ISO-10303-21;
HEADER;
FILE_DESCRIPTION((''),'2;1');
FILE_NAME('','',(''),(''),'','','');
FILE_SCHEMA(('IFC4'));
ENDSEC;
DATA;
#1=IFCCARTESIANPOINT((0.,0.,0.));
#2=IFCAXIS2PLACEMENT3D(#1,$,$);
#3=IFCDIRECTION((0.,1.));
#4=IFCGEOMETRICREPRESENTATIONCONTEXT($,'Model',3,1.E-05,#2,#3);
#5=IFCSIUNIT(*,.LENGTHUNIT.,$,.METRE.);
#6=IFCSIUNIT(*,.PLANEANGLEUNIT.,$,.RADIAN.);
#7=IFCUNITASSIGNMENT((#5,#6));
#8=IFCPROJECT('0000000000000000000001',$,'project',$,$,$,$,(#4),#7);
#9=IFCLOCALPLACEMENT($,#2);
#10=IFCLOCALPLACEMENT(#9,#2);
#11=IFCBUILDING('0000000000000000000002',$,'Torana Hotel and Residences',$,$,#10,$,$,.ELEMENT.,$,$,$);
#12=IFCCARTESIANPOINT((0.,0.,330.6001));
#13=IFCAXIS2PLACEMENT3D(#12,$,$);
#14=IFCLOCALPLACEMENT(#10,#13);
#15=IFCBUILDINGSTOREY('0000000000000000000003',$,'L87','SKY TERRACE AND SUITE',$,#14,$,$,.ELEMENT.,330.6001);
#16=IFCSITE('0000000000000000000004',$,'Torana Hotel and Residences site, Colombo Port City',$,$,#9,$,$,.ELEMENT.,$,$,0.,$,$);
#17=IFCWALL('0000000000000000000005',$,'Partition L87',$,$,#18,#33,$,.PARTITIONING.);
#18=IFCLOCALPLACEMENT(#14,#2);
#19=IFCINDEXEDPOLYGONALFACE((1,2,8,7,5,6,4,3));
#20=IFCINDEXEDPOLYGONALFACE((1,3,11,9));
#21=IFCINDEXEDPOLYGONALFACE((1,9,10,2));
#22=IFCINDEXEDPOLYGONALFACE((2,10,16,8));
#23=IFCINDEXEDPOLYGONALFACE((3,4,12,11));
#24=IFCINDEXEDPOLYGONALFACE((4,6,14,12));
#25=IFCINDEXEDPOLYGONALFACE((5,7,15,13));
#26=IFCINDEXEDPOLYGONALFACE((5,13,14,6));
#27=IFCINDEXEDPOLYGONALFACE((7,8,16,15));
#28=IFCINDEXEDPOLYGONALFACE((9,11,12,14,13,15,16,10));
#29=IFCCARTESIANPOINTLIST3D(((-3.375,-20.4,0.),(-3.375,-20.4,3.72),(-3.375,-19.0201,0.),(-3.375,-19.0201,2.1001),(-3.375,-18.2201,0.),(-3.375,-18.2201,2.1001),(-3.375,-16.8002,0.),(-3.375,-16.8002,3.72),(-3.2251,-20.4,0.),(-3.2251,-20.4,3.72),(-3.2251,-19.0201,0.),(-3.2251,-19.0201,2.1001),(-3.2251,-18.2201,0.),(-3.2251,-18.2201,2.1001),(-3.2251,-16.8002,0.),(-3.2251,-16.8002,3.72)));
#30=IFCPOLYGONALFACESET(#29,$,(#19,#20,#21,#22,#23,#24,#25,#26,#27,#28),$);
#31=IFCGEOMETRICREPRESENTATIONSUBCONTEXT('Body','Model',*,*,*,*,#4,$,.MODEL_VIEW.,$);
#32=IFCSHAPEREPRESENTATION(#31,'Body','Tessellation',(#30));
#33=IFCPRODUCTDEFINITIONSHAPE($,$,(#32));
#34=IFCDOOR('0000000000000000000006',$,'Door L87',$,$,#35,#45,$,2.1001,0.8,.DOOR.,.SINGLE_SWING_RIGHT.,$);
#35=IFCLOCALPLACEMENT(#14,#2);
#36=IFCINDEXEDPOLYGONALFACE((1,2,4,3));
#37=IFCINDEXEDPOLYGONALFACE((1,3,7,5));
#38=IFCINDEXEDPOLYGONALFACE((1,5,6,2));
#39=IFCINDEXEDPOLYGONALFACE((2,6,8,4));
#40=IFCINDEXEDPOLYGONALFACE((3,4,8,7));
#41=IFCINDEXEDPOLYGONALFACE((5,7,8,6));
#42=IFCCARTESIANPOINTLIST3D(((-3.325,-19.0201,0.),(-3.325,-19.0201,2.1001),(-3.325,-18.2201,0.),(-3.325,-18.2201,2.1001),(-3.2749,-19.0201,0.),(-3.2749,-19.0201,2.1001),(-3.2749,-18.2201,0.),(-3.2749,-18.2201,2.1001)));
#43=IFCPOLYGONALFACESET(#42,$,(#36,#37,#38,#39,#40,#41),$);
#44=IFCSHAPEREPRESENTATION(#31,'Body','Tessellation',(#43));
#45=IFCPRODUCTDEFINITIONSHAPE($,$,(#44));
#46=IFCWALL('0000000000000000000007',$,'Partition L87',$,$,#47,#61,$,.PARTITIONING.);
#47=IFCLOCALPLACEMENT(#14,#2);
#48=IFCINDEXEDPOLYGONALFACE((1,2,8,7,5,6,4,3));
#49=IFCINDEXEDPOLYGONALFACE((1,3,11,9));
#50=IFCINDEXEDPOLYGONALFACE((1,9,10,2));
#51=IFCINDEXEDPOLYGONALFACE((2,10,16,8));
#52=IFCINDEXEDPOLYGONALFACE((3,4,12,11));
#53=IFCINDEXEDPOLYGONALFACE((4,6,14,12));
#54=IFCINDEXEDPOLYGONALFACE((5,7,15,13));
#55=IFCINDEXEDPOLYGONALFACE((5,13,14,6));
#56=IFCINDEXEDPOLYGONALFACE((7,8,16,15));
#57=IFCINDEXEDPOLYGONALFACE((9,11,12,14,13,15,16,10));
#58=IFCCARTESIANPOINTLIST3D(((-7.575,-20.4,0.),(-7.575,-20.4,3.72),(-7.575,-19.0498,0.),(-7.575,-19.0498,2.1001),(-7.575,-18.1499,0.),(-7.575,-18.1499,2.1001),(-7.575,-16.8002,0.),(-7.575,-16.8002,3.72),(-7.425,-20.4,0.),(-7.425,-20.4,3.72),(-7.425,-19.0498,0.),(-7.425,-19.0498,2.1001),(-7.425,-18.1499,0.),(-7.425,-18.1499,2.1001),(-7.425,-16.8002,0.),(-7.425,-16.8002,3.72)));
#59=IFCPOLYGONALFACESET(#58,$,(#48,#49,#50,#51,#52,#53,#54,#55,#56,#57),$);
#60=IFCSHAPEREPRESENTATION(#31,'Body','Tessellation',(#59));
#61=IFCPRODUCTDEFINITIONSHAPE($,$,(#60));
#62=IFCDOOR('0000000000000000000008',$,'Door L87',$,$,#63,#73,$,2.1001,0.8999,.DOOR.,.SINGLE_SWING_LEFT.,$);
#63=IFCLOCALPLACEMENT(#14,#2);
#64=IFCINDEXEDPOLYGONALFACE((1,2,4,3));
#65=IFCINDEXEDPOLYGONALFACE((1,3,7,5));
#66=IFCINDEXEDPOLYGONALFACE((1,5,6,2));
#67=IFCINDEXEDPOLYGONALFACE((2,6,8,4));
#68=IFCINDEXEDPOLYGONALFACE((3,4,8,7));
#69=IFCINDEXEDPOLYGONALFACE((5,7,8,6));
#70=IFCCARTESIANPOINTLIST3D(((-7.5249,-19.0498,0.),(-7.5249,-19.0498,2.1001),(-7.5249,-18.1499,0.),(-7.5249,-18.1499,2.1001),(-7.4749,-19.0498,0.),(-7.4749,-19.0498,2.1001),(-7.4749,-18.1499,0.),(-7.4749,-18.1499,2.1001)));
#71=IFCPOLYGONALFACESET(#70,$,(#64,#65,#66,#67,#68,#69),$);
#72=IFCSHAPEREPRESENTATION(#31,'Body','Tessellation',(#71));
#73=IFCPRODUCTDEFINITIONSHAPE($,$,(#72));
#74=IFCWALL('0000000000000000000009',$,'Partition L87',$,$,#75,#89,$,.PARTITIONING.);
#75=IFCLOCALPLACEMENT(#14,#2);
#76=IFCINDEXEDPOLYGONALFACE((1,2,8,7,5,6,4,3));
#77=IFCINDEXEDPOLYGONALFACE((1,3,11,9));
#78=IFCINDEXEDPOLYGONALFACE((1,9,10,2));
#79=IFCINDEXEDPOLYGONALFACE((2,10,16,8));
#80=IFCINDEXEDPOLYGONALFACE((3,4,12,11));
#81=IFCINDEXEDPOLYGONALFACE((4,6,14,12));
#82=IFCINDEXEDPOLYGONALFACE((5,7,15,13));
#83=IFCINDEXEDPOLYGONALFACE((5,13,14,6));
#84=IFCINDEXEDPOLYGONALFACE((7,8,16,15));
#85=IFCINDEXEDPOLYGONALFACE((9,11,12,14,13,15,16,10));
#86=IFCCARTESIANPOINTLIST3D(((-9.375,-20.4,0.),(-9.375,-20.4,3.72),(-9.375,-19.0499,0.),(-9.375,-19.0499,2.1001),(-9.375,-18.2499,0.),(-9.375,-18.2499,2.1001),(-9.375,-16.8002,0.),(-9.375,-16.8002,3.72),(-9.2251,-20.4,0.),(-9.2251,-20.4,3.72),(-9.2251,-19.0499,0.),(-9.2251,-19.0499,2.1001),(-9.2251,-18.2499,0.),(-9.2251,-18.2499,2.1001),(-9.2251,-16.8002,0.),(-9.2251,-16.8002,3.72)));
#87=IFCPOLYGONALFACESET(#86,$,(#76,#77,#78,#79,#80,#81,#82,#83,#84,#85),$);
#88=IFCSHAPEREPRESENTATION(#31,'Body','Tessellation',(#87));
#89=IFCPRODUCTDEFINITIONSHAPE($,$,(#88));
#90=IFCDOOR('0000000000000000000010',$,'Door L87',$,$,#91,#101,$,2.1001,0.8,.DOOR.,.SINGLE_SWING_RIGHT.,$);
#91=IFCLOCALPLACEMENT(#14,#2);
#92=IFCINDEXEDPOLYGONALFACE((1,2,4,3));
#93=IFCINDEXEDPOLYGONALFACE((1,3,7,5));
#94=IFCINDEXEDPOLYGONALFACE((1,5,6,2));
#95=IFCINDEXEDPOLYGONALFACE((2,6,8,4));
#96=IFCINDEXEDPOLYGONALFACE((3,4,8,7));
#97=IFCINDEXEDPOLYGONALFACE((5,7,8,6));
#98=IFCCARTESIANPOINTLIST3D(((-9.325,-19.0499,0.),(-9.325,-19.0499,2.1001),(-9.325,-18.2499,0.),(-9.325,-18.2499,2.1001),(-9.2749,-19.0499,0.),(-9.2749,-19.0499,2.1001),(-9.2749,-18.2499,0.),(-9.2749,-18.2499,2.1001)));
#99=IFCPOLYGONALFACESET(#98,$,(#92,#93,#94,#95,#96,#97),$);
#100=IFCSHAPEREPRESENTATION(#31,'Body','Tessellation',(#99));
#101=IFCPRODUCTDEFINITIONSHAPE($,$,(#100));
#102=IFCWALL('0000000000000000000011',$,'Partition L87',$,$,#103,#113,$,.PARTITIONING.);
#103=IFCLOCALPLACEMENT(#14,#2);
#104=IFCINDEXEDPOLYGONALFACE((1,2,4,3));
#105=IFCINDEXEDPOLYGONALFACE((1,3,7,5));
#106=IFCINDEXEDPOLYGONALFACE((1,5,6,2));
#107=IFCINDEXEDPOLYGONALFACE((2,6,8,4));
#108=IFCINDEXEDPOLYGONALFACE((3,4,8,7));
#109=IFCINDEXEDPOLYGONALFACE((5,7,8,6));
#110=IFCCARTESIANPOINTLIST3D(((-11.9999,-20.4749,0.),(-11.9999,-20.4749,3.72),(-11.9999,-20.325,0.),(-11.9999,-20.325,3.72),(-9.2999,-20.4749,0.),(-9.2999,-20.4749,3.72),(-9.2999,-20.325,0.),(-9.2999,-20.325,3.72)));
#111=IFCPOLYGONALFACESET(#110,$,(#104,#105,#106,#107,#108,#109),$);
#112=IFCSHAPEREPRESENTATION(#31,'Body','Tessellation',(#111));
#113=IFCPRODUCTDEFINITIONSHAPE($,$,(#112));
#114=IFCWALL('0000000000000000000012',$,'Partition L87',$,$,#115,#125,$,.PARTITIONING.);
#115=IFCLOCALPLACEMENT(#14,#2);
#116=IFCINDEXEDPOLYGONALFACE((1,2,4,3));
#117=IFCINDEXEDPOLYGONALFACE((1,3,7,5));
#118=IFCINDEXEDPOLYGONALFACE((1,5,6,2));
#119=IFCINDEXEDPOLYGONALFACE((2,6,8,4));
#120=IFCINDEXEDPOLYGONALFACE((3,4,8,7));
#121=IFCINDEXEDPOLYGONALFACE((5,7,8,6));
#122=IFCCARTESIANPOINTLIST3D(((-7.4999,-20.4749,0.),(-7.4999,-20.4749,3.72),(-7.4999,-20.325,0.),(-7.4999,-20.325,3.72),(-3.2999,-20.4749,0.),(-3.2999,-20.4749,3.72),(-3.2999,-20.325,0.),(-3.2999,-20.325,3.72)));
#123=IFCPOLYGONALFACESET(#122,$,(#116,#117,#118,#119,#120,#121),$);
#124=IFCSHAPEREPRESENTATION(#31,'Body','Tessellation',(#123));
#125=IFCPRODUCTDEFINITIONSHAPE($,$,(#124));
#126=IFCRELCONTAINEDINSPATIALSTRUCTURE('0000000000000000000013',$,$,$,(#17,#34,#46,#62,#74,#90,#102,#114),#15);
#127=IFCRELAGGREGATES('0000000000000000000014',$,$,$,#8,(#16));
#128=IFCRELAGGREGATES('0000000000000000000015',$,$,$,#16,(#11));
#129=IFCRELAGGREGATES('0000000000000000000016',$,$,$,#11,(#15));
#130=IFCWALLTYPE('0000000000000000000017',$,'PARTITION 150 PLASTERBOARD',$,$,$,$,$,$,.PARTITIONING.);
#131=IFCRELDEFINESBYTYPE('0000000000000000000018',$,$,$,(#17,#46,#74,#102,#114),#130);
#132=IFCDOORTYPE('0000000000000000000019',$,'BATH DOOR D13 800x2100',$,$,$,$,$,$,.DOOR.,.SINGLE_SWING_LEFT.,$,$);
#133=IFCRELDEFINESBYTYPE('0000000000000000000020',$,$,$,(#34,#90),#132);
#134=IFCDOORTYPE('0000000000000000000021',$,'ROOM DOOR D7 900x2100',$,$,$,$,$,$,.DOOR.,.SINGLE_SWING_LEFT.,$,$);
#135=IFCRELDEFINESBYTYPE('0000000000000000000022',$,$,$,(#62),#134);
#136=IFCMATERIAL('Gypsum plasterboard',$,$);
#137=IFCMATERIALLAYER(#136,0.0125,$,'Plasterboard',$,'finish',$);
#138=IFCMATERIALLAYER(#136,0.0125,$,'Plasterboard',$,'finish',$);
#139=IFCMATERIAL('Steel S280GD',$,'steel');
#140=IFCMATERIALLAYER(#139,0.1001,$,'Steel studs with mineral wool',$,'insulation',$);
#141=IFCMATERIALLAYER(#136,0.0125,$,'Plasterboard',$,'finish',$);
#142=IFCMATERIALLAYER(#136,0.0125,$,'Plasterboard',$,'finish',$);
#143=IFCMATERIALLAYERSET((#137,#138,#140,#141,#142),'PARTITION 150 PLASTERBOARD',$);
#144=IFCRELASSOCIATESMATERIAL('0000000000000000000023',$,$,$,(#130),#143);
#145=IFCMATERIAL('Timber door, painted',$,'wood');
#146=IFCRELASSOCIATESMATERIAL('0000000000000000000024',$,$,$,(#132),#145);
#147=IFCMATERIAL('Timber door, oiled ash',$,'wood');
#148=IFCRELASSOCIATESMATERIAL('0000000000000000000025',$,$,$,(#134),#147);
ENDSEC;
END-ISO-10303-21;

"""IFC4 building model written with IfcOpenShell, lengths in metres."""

from ifc_helpers import new_model, si_unit, direction, frame, frame_2d, origin, place, context, subcontext, project, spatial, rectangle, extrude, material, layer, layer_set, type_object, element, fill, save


model = new_model("IFC4")

# Units and contexts
model_context = context("Model", 3, precision=1e-05, world=origin(), true_north=direction((0.0, 1.0)))
body_context = subcontext(model_context, "Body", "Model", "MODEL_VIEW")
ifc_project = project(units=[si_unit("LENGTHUNIT", "METRE"), si_unit("PLANEANGLEUNIT", "RADIAN")], contexts=[model_context])

# Site, building, storey
site_placement = place(None, origin())
site = spatial("IfcSite", under=ifc_project, at=site_placement, Name="Torana Hotel and Residences site, Colombo Port City", CompositionType="ELEMENT", RefElevation=0.0)
building_placement = place(site_placement, origin())
building = spatial("IfcBuilding", under=site, at=building_placement, Name="Torana Hotel and Residences", CompositionType="ELEMENT")
storey_placement = place(building_placement, frame((0.0, 0.0, 330.6001)))
storey = spatial("IfcBuildingStorey", under=building, at=storey_placement, Name="L87", Description="SKY TERRACE AND SUITE", CompositionType="ELEMENT", Elevation=330.6001)

# Walls, openings, doors
ifc_material_1 = material(Name="Gypsum plasterboard")
ifc_layer_1 = layer(ifc_material_1, 0.0125, Name="Plasterboard", Category="finish")
ifc_layer_2 = layer(ifc_material_1, 0.0125, Name="Plasterboard", Category="finish")
ifc_material_2 = material(Name="Steel S280GD", Category="steel")
ifc_layer_3 = layer(ifc_material_2, 0.1001, Name="Steel studs with mineral wool", Category="insulation")
ifc_layer_4 = layer(ifc_material_1, 0.0125, Name="Plasterboard", Category="finish")
ifc_layer_5 = layer(ifc_material_1, 0.0125, Name="Plasterboard", Category="finish")
ifc_layer_set_1 = layer_set([ifc_layer_1, ifc_layer_2, ifc_layer_3, ifc_layer_4, ifc_layer_5], Name="PARTITION 150 PLASTERBOARD")
wall_type_1 = type_object("IfcWallType", Name="PARTITION 150 PLASTERBOARD", PredefinedType="PARTITIONING", material=ifc_layer_set_1)
wall_1_placement = place(storey_placement, frame((-3.3, -20.3999, 0.0), z_axis=(0.0, 0.0, 1.0), x_axis=(0.0, 1.0, 0.0)))
wall_1 = element("IfcWall", 1, at=wall_1_placement, inside=storey, type_object=wall_type_1, Name="Partition L87", PredefinedType="PARTITIONING", context=body_context, shape_type="SweptSolid", body=[
    extrude(rectangle(XDim=3.5999, YDim=0.1499, at=frame_2d((1.7998, 0.0))), origin(), (0.0, 0.0, 1.0), 3.72),
])
opening_1_placement = place(wall_1_placement, frame((1.3799, 0.0, 0.0)))
opening_1 = element("IfcOpeningElement", 2, at=opening_1_placement, cuts=wall_1, PredefinedType="OPENING", context=body_context, shape_type="SweptSolid", body=[
    extrude(rectangle(XDim=0.8, YDim=2.1001, at=frame_2d((0.3999, 1.05))), frame((0.0, 0.085, 0.0), z_axis=(0.0, -1.0, 0.0), x_axis=(1.0, 0.0, 0.0)), (0.0, 0.0, 1.0), 0.1699),
])
ifc_material_3 = material(Name="Timber door, painted", Category="wood")
door_type_1 = type_object("IfcDoorType", Name="BATH DOOR D13 800x2100", OperationType="SINGLE_SWING_LEFT", PredefinedType="DOOR", material=ifc_material_3)
door_1_placement = place(opening_1_placement, origin())
door_1 = element("IfcDoor", 3, at=door_1_placement, inside=storey, type_object=door_type_1, Name="Door L87", OperationType="SINGLE_SWING_RIGHT", OverallHeight=2.1001, OverallWidth=0.8, PredefinedType="DOOR", context=body_context, shape_type="SweptSolid", body=[
    extrude(rectangle(XDim=0.8, YDim=2.1001, at=frame_2d((0.3999, 1.05))), frame((0.0, 0.0249, 0.0), z_axis=(0.0, -1.0, 0.0), x_axis=(1.0, 0.0, 0.0)), (0.0, 0.0, 1.0), 0.05),
])
fill(opening_1, door_1)
wall_2_placement = place(storey_placement, frame((-7.5, -20.3999, 0.0), z_axis=(0.0, 0.0, 1.0), x_axis=(0.0, 1.0, 0.0)))
wall_2 = element("IfcWall", 4, at=wall_2_placement, inside=storey, type_object=wall_type_1, Name="Partition L87", PredefinedType="PARTITIONING", context=body_context, shape_type="SweptSolid", body=[
    extrude(rectangle(XDim=3.5999, YDim=0.1499, at=frame_2d((1.7998, 0.0))), origin(), (0.0, 0.0, 1.0), 3.72),
])
opening_2_placement = place(wall_2_placement, frame((1.3501, 0.0, 0.0)))
opening_2 = element("IfcOpeningElement", 5, at=opening_2_placement, cuts=wall_2, PredefinedType="OPENING", context=body_context, shape_type="SweptSolid", body=[
    extrude(rectangle(XDim=0.8999, YDim=2.1001, at=frame_2d((0.45, 1.05))), frame((0.0, 0.085, 0.0), z_axis=(0.0, -1.0, 0.0), x_axis=(1.0, 0.0, 0.0)), (0.0, 0.0, 1.0), 0.1699),
])
ifc_material_4 = material(Name="Timber door, oiled ash", Category="wood")
door_type_2 = type_object("IfcDoorType", Name="ROOM DOOR D7 900x2100", OperationType="SINGLE_SWING_LEFT", PredefinedType="DOOR", material=ifc_material_4)
door_2_placement = place(opening_2_placement, origin())
door_2 = element("IfcDoor", 6, at=door_2_placement, inside=storey, type_object=door_type_2, Name="Door L87", OperationType="SINGLE_SWING_LEFT", OverallHeight=2.1001, OverallWidth=0.8999, PredefinedType="DOOR", context=body_context, shape_type="SweptSolid", body=[
    extrude(rectangle(XDim=0.8999, YDim=2.1001, at=frame_2d((0.45, 1.05))), frame((0.0, 0.0249, 0.0), z_axis=(0.0, -1.0, 0.0), x_axis=(1.0, 0.0, 0.0)), (0.0, 0.0, 1.0), 0.05),
])
fill(opening_2, door_2)
wall_3_placement = place(storey_placement, frame((-9.3, -20.3999, 0.0), z_axis=(0.0, 0.0, 1.0), x_axis=(0.0, 1.0, 0.0)))
wall_3 = element("IfcWall", 7, at=wall_3_placement, inside=storey, type_object=wall_type_1, Name="Partition L87", PredefinedType="PARTITIONING", context=body_context, shape_type="SweptSolid", body=[
    extrude(rectangle(XDim=3.5999, YDim=0.1499, at=frame_2d((1.7998, 0.0))), origin(), (0.0, 0.0, 1.0), 3.72),
])
opening_3_placement = place(wall_3_placement, frame((1.3501, 0.0, 0.0)))
opening_3 = element("IfcOpeningElement", 8, at=opening_3_placement, cuts=wall_3, PredefinedType="OPENING", context=body_context, shape_type="SweptSolid", body=[
    extrude(rectangle(XDim=0.8, YDim=2.1001, at=frame_2d((0.3999, 1.05))), frame((0.0, 0.085, 0.0), z_axis=(0.0, -1.0, 0.0), x_axis=(1.0, 0.0, 0.0)), (0.0, 0.0, 1.0), 0.1699),
])
door_3_placement = place(opening_3_placement, frame((0.3999, 0.0, 0.0), z_axis=(0.0, 0.0, 1.0), x_axis=(-1.0, 0.0, 0.0)))
door_3 = element("IfcDoor", 9, at=door_3_placement, inside=storey, type_object=door_type_1, Name="Door L87", OperationType="SINGLE_SWING_RIGHT", OverallHeight=2.1001, OverallWidth=0.8, PredefinedType="DOOR", context=body_context, shape_type="SweptSolid", body=[
    extrude(rectangle(XDim=0.8, YDim=2.1001, at=frame_2d((0.0, 1.05))), frame((0.0, -0.0249, 0.0), z_axis=(0.0, 1.0, 0.0), x_axis=(-1.0, 0.0, 0.0)), (0.0, 0.0, 1.0), 0.05),
])
fill(opening_3, door_3)

# Walls
wall_4_placement = place(storey_placement, frame((-12.0, -20.3999, 0.0), z_axis=(0.0, 0.0, 1.0), x_axis=(1.0, 0.0, 0.0)))
element("IfcWall", 10, at=wall_4_placement, inside=storey, type_object=wall_type_1, Name="Partition L87", PredefinedType="PARTITIONING", context=body_context, shape_type="SweptSolid", body=[
    extrude(rectangle(XDim=2.7, YDim=0.1499, at=frame_2d((1.3501, 0.0))), origin(), (0.0, 0.0, 1.0), 3.72),
])
wall_5_placement = place(storey_placement, frame((-7.5, -20.3999, 0.0), z_axis=(0.0, 0.0, 1.0), x_axis=(1.0, 0.0, 0.0)))
element("IfcWall", 11, at=wall_5_placement, inside=storey, type_object=wall_type_1, Name="Partition L87", PredefinedType="PARTITIONING", context=body_context, shape_type="SweptSolid", body=[
    extrude(rectangle(XDim=4.2, YDim=0.1499, at=frame_2d((2.1001, 0.0))), origin(), (0.0, 0.0, 1.0), 3.72),
])

save(model, "model.ifc")
